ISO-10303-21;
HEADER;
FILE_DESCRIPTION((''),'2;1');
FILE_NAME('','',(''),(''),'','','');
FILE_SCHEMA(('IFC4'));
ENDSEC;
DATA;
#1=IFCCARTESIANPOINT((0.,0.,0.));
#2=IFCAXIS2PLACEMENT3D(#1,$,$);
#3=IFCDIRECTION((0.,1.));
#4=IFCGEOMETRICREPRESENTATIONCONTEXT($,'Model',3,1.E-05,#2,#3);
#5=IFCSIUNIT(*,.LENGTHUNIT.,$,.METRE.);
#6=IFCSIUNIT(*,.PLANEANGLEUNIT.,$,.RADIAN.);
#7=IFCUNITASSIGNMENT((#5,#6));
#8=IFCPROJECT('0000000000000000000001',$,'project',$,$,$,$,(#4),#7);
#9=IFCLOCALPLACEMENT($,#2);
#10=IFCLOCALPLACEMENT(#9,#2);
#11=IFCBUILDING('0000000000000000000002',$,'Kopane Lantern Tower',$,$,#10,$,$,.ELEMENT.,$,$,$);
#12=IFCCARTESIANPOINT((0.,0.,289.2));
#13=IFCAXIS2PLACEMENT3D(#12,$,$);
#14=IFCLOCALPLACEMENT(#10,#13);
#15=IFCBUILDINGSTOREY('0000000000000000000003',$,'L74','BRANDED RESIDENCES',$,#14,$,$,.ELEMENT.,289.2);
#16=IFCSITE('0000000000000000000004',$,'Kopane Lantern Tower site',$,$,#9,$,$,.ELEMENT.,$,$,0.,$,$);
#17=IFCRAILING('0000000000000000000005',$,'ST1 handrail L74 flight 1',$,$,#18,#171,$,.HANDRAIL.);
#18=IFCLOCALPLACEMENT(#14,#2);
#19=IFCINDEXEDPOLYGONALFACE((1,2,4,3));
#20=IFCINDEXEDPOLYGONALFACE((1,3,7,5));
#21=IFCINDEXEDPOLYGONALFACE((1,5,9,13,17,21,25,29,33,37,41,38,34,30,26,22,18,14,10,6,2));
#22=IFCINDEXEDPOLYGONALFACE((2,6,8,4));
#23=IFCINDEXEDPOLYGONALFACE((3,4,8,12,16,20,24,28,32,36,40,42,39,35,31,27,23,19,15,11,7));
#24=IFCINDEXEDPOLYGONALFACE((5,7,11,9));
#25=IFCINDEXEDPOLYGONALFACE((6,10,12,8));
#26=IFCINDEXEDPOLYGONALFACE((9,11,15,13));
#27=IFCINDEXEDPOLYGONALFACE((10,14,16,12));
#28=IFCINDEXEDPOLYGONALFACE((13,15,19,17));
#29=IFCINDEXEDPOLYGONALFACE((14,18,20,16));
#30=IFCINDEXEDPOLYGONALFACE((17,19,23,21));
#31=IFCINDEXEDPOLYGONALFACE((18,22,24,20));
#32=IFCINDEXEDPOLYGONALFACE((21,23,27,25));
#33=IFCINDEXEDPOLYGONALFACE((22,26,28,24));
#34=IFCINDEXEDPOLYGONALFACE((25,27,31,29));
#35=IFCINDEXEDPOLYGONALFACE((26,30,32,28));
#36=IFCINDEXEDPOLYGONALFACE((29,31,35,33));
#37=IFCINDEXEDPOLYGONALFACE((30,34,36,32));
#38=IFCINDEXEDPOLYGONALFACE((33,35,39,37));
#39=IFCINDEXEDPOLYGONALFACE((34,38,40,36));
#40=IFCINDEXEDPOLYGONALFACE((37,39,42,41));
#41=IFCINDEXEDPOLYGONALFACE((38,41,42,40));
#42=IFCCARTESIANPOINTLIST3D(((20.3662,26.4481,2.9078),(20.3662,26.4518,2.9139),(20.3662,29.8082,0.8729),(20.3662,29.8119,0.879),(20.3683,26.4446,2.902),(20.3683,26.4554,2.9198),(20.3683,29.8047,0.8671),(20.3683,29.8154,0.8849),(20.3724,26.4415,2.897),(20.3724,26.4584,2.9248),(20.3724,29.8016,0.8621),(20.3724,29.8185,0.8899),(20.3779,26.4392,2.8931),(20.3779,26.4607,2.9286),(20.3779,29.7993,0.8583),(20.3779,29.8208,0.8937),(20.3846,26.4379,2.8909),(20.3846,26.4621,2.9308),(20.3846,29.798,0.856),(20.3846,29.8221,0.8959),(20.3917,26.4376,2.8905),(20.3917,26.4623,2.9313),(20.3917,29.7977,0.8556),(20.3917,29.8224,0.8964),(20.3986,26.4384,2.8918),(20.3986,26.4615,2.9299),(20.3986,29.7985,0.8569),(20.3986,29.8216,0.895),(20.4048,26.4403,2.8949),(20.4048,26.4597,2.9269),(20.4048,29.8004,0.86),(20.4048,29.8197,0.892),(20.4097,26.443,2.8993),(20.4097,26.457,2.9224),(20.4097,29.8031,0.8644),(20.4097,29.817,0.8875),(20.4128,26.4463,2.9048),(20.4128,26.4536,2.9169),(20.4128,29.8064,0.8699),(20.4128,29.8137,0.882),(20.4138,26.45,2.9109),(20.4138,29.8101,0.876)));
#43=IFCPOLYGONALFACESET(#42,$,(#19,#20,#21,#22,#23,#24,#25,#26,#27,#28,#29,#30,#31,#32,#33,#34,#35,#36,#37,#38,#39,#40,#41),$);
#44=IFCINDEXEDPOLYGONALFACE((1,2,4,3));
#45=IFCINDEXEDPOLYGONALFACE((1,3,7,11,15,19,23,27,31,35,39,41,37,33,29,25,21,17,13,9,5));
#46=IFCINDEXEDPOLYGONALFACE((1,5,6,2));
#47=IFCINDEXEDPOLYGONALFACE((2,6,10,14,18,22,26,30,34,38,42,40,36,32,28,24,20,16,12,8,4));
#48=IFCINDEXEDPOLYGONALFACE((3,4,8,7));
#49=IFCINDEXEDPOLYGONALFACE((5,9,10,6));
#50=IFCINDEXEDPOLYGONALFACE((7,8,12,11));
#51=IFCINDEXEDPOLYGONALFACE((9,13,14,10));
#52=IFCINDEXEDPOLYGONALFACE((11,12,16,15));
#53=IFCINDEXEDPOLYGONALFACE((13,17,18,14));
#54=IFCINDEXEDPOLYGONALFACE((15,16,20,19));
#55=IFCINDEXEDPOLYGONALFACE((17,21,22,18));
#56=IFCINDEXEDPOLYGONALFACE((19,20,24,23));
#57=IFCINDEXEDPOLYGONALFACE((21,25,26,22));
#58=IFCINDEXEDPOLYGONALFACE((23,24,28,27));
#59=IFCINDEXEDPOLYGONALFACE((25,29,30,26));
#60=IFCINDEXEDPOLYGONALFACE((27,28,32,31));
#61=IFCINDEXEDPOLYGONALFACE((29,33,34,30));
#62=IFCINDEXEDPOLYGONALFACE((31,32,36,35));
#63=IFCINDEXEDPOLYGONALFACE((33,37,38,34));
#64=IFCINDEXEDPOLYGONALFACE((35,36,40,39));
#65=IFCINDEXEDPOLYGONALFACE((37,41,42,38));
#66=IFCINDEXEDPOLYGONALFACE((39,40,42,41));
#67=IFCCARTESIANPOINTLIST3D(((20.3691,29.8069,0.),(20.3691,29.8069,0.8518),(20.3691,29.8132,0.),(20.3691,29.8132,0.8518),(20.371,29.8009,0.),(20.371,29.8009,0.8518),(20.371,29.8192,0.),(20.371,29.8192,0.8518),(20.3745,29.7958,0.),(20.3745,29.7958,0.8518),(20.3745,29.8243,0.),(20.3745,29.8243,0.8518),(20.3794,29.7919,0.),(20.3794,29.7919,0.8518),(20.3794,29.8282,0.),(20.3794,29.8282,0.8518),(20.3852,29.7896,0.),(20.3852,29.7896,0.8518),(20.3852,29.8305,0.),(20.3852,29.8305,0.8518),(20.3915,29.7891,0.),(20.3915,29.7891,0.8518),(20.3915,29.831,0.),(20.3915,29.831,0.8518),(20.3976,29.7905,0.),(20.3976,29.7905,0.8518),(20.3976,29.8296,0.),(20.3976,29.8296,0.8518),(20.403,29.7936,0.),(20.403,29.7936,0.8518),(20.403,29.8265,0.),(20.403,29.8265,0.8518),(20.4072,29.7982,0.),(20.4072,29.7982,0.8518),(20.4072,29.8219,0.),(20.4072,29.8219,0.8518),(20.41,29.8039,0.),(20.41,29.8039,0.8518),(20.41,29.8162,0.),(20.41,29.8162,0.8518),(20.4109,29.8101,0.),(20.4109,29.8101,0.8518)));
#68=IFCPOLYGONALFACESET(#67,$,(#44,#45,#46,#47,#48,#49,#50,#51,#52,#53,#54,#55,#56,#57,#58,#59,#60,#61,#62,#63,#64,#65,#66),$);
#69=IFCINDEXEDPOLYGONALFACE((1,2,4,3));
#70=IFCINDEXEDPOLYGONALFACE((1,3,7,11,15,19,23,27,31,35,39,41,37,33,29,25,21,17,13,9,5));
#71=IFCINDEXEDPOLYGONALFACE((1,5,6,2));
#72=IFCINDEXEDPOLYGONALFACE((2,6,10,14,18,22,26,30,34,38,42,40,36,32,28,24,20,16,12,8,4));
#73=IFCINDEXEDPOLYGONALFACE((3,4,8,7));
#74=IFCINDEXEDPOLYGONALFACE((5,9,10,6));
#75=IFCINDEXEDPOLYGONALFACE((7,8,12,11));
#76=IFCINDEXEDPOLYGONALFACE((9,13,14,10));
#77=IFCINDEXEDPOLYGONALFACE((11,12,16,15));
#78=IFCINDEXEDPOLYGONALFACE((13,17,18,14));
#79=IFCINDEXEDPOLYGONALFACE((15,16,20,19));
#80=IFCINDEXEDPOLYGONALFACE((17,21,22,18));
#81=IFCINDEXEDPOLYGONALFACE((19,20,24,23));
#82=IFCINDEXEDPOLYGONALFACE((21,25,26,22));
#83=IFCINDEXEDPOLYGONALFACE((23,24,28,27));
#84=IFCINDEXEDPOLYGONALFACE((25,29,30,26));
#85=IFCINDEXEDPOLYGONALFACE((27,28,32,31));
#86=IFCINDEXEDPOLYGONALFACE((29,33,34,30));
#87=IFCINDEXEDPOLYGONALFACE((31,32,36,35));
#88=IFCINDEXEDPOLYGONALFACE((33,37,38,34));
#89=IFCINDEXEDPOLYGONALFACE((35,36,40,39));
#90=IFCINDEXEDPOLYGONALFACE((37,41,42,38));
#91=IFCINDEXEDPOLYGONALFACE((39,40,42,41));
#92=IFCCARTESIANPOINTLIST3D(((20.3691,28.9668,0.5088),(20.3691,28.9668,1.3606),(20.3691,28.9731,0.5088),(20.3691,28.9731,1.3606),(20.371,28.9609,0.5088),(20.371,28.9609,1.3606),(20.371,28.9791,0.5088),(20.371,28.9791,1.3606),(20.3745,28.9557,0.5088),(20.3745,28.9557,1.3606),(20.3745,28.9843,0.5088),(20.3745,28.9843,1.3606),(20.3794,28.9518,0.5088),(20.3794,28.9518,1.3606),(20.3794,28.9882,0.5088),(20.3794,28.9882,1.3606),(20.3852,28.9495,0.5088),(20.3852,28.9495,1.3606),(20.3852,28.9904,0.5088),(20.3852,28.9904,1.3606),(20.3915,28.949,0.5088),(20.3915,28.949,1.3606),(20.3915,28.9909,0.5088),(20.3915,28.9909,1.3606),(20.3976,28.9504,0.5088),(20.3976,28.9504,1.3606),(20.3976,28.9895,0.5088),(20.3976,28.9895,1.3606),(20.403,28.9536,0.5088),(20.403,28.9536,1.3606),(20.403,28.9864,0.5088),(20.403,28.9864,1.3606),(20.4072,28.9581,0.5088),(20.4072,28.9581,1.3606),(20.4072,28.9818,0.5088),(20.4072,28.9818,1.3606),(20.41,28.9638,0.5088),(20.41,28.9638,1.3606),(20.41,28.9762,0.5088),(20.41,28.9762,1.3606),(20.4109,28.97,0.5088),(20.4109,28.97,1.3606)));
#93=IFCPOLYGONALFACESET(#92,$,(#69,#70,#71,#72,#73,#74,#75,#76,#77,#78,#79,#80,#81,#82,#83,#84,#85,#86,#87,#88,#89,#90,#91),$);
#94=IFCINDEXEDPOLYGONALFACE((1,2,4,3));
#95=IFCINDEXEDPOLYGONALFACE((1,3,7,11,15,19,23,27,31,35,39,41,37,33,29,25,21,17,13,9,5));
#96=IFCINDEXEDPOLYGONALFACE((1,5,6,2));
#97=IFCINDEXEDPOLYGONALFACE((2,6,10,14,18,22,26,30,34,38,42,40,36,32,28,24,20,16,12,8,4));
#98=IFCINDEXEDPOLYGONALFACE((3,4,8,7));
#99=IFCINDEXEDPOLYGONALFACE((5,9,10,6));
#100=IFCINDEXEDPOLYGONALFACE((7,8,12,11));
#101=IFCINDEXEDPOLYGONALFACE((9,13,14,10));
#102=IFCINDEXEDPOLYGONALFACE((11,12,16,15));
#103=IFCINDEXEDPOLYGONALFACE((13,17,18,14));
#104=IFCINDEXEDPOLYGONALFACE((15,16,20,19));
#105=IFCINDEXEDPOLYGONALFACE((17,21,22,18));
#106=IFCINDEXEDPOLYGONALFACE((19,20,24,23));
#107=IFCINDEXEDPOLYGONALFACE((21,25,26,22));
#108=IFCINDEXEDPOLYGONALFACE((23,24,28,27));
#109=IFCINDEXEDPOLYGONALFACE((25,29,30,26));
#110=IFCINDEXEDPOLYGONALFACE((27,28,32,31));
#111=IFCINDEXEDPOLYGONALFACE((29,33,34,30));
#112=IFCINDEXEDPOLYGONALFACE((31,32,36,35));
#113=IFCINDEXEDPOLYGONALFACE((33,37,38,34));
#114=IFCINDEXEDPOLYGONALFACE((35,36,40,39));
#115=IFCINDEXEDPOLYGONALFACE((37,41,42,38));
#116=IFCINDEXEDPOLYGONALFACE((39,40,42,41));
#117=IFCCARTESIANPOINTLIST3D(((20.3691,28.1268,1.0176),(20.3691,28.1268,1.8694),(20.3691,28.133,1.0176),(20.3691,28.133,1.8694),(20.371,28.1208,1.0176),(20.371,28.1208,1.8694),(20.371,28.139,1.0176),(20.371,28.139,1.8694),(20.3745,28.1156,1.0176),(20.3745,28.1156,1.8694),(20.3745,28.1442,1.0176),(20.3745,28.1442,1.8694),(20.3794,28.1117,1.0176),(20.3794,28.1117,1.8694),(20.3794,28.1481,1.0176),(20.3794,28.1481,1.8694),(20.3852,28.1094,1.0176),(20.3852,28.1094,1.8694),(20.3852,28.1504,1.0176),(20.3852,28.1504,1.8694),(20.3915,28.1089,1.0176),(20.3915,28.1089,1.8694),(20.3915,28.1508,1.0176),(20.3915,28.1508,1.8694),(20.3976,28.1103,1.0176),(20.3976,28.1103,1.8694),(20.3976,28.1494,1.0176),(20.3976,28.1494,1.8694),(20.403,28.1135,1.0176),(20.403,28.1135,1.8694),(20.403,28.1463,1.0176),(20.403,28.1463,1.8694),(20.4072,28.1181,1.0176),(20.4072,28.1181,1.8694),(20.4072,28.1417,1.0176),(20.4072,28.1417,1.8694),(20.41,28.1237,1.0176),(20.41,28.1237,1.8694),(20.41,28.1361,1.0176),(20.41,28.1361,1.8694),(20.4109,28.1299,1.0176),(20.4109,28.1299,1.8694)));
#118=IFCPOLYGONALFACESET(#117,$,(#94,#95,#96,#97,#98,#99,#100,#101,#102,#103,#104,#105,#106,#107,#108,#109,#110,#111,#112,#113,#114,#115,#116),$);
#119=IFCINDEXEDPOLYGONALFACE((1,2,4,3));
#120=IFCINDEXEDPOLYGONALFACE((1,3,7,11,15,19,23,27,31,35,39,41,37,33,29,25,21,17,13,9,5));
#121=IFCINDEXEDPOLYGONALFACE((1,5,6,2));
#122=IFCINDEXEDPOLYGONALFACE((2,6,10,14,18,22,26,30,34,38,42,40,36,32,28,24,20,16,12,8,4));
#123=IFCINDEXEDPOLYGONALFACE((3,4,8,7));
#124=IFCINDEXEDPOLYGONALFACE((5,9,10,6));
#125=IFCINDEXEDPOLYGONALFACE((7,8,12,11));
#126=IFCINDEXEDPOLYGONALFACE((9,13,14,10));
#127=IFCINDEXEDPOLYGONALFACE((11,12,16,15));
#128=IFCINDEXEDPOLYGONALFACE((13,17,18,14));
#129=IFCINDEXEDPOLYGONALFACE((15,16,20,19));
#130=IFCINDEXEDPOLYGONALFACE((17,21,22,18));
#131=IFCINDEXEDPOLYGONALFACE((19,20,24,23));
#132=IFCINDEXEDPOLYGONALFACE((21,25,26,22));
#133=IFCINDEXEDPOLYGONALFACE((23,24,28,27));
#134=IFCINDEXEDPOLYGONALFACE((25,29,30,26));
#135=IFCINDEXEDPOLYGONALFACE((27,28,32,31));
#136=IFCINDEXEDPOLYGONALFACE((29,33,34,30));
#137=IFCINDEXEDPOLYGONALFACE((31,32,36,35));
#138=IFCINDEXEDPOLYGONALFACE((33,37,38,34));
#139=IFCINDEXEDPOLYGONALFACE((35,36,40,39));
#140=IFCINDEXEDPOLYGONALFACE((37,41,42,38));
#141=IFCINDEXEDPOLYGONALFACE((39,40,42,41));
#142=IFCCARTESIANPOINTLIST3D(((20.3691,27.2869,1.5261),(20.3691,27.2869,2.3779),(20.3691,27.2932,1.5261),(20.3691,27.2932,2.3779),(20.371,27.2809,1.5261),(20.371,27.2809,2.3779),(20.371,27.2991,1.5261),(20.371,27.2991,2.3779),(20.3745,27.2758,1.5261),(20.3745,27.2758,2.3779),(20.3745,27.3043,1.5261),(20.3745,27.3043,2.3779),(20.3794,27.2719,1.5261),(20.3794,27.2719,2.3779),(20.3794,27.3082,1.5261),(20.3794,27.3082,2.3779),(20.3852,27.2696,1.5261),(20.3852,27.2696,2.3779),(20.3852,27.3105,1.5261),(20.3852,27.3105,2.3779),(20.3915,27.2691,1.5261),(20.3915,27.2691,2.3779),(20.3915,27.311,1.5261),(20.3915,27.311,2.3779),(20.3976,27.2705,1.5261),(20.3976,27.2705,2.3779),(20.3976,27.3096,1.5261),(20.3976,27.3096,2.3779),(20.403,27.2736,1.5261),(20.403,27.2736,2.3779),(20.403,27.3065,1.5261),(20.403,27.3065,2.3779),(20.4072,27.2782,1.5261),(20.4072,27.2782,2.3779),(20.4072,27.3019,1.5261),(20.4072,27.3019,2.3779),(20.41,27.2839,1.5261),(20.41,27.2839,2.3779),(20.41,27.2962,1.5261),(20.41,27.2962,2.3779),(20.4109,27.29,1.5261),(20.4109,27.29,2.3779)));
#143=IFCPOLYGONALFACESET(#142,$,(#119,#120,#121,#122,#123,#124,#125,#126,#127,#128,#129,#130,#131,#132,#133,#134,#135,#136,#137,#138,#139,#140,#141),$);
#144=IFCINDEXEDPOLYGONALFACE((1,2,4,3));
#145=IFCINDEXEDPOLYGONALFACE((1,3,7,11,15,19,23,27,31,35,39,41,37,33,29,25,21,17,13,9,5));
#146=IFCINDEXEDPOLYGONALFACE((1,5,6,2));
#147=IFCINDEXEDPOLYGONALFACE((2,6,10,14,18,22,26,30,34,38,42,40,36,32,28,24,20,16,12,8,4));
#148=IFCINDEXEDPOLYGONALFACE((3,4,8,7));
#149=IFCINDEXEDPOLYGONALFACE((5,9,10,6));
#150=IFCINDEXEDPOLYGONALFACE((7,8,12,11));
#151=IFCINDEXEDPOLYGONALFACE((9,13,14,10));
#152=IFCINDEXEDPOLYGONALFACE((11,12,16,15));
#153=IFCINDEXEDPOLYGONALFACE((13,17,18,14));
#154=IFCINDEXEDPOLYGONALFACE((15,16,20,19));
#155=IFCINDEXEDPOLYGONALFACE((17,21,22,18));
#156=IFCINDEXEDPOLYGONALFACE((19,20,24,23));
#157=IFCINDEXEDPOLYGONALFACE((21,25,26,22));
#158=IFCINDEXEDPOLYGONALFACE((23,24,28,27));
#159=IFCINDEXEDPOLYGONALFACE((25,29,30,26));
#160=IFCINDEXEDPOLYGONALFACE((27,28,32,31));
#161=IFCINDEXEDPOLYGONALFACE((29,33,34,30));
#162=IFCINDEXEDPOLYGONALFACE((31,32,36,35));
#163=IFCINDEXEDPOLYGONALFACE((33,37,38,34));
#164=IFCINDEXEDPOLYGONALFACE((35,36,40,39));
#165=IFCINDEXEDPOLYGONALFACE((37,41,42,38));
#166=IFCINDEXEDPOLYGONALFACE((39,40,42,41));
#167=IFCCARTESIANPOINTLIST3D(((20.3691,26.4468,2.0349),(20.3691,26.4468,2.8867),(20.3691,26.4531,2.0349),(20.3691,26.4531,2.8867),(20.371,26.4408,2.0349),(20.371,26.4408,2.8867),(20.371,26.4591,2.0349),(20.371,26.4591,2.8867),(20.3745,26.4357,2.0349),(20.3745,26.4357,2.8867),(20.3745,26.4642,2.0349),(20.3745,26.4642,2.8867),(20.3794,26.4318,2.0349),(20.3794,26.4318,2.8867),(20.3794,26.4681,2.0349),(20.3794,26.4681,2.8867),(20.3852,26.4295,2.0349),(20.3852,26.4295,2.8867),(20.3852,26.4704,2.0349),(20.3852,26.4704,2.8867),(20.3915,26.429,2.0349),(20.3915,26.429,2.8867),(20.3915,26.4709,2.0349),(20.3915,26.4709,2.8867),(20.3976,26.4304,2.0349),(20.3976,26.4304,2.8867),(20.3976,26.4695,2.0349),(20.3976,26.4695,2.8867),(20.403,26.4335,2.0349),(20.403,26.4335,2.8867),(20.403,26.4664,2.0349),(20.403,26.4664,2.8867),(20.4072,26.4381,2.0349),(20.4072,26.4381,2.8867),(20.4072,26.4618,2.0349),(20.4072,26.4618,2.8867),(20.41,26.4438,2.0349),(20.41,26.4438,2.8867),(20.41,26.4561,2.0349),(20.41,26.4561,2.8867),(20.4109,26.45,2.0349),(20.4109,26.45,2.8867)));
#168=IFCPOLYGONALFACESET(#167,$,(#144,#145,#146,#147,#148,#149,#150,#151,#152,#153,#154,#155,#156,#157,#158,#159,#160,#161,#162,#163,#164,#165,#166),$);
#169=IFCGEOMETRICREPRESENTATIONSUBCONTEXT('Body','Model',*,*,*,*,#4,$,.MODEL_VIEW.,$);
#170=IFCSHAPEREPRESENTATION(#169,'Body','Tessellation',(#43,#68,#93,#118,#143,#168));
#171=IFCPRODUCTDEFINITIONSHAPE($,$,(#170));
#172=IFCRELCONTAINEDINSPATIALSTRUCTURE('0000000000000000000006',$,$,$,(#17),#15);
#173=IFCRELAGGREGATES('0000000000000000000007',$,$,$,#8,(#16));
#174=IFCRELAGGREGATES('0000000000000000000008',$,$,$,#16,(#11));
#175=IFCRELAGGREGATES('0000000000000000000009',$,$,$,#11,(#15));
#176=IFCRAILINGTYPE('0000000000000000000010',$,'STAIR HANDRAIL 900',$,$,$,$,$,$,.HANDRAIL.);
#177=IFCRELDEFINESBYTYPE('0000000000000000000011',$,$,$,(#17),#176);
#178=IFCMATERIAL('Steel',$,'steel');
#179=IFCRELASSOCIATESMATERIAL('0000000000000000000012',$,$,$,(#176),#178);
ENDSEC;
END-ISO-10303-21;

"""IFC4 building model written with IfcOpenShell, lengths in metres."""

from ifc_helpers import new_model, si_unit, direction, frame, origin, origin_2d, place, context, subcontext, project, spatial, circle, extrude, material, type_object, element, save


model = new_model("IFC4")

# Units and contexts
model_context = context("Model", 3, precision=1e-05, world=origin(), true_north=direction((0.0, 1.0)))
body_context = subcontext(model_context, "Body", "Model", "MODEL_VIEW")
ifc_project = project(units=[si_unit("LENGTHUNIT", "METRE"), si_unit("PLANEANGLEUNIT", "RADIAN")], contexts=[model_context])

# Site, building, storey
site_placement = place(None, origin())
site = spatial("IfcSite", under=ifc_project, at=site_placement, Name="Kopane Lantern Tower site", CompositionType="ELEMENT", RefElevation=0.0)
building_placement = place(site_placement, origin())
building = spatial("IfcBuilding", under=site, at=building_placement, Name="Kopane Lantern Tower", CompositionType="ELEMENT")
storey_placement = place(building_placement, frame((0.0, 0.0, 289.2)))
storey = spatial("IfcBuildingStorey", under=building, at=storey_placement, Name="L74", Description="BRANDED RESIDENCES", CompositionType="ELEMENT", Elevation=289.2)

# Railing
ifc_material_1 = material(Name="Steel", Category="steel")
railing_type_1 = type_object("IfcRailingType", Name="STAIR HANDRAIL 900", PredefinedType="HANDRAIL", material=ifc_material_1)
for number, where, name in (
    (1, (20.3899, 29.8101, 0.0), "ST1 handrail L74 flight 1"),
):
    element("IfcRailing", number, at=place(storey_placement, frame(where)), inside=storey, type_object=railing_type_1, Name=name, PredefinedType="HANDRAIL", context=body_context, shape_type="SweptSolid", body=[
        extrude(circle(Radius=0.0239, at=origin_2d()), frame((0.0, 0.0, 0.876), z_axis=(0.0, -0.855369, 0.518019), x_axis=(1.0, 0.0, 0.0)), (0.0, 0.0, 1.0), 3.9282),
        extrude(circle(Radius=0.021, at=origin_2d()), origin(), (0.0, 0.0, 1.0), 0.8518),
        extrude(circle(Radius=0.021, at=origin_2d()), frame((0.0, -0.8401, 0.5088)), (0.0, 0.0, 1.0), 0.8518),
        extrude(circle(Radius=0.021, at=origin_2d()), frame((0.0, -1.6802, 1.0176)), (0.0, 0.0, 1.0), 0.8518),
        extrude(circle(Radius=0.021, at=origin_2d()), frame((0.0, -2.52, 1.5261)), (0.0, 0.0, 1.0), 0.8518),
        extrude(circle(Radius=0.021, at=origin_2d()), frame((0.0, -3.3601, 2.0349)), (0.0, 0.0, 1.0), 0.8518),
    ])

save(model, "model.ifc")
